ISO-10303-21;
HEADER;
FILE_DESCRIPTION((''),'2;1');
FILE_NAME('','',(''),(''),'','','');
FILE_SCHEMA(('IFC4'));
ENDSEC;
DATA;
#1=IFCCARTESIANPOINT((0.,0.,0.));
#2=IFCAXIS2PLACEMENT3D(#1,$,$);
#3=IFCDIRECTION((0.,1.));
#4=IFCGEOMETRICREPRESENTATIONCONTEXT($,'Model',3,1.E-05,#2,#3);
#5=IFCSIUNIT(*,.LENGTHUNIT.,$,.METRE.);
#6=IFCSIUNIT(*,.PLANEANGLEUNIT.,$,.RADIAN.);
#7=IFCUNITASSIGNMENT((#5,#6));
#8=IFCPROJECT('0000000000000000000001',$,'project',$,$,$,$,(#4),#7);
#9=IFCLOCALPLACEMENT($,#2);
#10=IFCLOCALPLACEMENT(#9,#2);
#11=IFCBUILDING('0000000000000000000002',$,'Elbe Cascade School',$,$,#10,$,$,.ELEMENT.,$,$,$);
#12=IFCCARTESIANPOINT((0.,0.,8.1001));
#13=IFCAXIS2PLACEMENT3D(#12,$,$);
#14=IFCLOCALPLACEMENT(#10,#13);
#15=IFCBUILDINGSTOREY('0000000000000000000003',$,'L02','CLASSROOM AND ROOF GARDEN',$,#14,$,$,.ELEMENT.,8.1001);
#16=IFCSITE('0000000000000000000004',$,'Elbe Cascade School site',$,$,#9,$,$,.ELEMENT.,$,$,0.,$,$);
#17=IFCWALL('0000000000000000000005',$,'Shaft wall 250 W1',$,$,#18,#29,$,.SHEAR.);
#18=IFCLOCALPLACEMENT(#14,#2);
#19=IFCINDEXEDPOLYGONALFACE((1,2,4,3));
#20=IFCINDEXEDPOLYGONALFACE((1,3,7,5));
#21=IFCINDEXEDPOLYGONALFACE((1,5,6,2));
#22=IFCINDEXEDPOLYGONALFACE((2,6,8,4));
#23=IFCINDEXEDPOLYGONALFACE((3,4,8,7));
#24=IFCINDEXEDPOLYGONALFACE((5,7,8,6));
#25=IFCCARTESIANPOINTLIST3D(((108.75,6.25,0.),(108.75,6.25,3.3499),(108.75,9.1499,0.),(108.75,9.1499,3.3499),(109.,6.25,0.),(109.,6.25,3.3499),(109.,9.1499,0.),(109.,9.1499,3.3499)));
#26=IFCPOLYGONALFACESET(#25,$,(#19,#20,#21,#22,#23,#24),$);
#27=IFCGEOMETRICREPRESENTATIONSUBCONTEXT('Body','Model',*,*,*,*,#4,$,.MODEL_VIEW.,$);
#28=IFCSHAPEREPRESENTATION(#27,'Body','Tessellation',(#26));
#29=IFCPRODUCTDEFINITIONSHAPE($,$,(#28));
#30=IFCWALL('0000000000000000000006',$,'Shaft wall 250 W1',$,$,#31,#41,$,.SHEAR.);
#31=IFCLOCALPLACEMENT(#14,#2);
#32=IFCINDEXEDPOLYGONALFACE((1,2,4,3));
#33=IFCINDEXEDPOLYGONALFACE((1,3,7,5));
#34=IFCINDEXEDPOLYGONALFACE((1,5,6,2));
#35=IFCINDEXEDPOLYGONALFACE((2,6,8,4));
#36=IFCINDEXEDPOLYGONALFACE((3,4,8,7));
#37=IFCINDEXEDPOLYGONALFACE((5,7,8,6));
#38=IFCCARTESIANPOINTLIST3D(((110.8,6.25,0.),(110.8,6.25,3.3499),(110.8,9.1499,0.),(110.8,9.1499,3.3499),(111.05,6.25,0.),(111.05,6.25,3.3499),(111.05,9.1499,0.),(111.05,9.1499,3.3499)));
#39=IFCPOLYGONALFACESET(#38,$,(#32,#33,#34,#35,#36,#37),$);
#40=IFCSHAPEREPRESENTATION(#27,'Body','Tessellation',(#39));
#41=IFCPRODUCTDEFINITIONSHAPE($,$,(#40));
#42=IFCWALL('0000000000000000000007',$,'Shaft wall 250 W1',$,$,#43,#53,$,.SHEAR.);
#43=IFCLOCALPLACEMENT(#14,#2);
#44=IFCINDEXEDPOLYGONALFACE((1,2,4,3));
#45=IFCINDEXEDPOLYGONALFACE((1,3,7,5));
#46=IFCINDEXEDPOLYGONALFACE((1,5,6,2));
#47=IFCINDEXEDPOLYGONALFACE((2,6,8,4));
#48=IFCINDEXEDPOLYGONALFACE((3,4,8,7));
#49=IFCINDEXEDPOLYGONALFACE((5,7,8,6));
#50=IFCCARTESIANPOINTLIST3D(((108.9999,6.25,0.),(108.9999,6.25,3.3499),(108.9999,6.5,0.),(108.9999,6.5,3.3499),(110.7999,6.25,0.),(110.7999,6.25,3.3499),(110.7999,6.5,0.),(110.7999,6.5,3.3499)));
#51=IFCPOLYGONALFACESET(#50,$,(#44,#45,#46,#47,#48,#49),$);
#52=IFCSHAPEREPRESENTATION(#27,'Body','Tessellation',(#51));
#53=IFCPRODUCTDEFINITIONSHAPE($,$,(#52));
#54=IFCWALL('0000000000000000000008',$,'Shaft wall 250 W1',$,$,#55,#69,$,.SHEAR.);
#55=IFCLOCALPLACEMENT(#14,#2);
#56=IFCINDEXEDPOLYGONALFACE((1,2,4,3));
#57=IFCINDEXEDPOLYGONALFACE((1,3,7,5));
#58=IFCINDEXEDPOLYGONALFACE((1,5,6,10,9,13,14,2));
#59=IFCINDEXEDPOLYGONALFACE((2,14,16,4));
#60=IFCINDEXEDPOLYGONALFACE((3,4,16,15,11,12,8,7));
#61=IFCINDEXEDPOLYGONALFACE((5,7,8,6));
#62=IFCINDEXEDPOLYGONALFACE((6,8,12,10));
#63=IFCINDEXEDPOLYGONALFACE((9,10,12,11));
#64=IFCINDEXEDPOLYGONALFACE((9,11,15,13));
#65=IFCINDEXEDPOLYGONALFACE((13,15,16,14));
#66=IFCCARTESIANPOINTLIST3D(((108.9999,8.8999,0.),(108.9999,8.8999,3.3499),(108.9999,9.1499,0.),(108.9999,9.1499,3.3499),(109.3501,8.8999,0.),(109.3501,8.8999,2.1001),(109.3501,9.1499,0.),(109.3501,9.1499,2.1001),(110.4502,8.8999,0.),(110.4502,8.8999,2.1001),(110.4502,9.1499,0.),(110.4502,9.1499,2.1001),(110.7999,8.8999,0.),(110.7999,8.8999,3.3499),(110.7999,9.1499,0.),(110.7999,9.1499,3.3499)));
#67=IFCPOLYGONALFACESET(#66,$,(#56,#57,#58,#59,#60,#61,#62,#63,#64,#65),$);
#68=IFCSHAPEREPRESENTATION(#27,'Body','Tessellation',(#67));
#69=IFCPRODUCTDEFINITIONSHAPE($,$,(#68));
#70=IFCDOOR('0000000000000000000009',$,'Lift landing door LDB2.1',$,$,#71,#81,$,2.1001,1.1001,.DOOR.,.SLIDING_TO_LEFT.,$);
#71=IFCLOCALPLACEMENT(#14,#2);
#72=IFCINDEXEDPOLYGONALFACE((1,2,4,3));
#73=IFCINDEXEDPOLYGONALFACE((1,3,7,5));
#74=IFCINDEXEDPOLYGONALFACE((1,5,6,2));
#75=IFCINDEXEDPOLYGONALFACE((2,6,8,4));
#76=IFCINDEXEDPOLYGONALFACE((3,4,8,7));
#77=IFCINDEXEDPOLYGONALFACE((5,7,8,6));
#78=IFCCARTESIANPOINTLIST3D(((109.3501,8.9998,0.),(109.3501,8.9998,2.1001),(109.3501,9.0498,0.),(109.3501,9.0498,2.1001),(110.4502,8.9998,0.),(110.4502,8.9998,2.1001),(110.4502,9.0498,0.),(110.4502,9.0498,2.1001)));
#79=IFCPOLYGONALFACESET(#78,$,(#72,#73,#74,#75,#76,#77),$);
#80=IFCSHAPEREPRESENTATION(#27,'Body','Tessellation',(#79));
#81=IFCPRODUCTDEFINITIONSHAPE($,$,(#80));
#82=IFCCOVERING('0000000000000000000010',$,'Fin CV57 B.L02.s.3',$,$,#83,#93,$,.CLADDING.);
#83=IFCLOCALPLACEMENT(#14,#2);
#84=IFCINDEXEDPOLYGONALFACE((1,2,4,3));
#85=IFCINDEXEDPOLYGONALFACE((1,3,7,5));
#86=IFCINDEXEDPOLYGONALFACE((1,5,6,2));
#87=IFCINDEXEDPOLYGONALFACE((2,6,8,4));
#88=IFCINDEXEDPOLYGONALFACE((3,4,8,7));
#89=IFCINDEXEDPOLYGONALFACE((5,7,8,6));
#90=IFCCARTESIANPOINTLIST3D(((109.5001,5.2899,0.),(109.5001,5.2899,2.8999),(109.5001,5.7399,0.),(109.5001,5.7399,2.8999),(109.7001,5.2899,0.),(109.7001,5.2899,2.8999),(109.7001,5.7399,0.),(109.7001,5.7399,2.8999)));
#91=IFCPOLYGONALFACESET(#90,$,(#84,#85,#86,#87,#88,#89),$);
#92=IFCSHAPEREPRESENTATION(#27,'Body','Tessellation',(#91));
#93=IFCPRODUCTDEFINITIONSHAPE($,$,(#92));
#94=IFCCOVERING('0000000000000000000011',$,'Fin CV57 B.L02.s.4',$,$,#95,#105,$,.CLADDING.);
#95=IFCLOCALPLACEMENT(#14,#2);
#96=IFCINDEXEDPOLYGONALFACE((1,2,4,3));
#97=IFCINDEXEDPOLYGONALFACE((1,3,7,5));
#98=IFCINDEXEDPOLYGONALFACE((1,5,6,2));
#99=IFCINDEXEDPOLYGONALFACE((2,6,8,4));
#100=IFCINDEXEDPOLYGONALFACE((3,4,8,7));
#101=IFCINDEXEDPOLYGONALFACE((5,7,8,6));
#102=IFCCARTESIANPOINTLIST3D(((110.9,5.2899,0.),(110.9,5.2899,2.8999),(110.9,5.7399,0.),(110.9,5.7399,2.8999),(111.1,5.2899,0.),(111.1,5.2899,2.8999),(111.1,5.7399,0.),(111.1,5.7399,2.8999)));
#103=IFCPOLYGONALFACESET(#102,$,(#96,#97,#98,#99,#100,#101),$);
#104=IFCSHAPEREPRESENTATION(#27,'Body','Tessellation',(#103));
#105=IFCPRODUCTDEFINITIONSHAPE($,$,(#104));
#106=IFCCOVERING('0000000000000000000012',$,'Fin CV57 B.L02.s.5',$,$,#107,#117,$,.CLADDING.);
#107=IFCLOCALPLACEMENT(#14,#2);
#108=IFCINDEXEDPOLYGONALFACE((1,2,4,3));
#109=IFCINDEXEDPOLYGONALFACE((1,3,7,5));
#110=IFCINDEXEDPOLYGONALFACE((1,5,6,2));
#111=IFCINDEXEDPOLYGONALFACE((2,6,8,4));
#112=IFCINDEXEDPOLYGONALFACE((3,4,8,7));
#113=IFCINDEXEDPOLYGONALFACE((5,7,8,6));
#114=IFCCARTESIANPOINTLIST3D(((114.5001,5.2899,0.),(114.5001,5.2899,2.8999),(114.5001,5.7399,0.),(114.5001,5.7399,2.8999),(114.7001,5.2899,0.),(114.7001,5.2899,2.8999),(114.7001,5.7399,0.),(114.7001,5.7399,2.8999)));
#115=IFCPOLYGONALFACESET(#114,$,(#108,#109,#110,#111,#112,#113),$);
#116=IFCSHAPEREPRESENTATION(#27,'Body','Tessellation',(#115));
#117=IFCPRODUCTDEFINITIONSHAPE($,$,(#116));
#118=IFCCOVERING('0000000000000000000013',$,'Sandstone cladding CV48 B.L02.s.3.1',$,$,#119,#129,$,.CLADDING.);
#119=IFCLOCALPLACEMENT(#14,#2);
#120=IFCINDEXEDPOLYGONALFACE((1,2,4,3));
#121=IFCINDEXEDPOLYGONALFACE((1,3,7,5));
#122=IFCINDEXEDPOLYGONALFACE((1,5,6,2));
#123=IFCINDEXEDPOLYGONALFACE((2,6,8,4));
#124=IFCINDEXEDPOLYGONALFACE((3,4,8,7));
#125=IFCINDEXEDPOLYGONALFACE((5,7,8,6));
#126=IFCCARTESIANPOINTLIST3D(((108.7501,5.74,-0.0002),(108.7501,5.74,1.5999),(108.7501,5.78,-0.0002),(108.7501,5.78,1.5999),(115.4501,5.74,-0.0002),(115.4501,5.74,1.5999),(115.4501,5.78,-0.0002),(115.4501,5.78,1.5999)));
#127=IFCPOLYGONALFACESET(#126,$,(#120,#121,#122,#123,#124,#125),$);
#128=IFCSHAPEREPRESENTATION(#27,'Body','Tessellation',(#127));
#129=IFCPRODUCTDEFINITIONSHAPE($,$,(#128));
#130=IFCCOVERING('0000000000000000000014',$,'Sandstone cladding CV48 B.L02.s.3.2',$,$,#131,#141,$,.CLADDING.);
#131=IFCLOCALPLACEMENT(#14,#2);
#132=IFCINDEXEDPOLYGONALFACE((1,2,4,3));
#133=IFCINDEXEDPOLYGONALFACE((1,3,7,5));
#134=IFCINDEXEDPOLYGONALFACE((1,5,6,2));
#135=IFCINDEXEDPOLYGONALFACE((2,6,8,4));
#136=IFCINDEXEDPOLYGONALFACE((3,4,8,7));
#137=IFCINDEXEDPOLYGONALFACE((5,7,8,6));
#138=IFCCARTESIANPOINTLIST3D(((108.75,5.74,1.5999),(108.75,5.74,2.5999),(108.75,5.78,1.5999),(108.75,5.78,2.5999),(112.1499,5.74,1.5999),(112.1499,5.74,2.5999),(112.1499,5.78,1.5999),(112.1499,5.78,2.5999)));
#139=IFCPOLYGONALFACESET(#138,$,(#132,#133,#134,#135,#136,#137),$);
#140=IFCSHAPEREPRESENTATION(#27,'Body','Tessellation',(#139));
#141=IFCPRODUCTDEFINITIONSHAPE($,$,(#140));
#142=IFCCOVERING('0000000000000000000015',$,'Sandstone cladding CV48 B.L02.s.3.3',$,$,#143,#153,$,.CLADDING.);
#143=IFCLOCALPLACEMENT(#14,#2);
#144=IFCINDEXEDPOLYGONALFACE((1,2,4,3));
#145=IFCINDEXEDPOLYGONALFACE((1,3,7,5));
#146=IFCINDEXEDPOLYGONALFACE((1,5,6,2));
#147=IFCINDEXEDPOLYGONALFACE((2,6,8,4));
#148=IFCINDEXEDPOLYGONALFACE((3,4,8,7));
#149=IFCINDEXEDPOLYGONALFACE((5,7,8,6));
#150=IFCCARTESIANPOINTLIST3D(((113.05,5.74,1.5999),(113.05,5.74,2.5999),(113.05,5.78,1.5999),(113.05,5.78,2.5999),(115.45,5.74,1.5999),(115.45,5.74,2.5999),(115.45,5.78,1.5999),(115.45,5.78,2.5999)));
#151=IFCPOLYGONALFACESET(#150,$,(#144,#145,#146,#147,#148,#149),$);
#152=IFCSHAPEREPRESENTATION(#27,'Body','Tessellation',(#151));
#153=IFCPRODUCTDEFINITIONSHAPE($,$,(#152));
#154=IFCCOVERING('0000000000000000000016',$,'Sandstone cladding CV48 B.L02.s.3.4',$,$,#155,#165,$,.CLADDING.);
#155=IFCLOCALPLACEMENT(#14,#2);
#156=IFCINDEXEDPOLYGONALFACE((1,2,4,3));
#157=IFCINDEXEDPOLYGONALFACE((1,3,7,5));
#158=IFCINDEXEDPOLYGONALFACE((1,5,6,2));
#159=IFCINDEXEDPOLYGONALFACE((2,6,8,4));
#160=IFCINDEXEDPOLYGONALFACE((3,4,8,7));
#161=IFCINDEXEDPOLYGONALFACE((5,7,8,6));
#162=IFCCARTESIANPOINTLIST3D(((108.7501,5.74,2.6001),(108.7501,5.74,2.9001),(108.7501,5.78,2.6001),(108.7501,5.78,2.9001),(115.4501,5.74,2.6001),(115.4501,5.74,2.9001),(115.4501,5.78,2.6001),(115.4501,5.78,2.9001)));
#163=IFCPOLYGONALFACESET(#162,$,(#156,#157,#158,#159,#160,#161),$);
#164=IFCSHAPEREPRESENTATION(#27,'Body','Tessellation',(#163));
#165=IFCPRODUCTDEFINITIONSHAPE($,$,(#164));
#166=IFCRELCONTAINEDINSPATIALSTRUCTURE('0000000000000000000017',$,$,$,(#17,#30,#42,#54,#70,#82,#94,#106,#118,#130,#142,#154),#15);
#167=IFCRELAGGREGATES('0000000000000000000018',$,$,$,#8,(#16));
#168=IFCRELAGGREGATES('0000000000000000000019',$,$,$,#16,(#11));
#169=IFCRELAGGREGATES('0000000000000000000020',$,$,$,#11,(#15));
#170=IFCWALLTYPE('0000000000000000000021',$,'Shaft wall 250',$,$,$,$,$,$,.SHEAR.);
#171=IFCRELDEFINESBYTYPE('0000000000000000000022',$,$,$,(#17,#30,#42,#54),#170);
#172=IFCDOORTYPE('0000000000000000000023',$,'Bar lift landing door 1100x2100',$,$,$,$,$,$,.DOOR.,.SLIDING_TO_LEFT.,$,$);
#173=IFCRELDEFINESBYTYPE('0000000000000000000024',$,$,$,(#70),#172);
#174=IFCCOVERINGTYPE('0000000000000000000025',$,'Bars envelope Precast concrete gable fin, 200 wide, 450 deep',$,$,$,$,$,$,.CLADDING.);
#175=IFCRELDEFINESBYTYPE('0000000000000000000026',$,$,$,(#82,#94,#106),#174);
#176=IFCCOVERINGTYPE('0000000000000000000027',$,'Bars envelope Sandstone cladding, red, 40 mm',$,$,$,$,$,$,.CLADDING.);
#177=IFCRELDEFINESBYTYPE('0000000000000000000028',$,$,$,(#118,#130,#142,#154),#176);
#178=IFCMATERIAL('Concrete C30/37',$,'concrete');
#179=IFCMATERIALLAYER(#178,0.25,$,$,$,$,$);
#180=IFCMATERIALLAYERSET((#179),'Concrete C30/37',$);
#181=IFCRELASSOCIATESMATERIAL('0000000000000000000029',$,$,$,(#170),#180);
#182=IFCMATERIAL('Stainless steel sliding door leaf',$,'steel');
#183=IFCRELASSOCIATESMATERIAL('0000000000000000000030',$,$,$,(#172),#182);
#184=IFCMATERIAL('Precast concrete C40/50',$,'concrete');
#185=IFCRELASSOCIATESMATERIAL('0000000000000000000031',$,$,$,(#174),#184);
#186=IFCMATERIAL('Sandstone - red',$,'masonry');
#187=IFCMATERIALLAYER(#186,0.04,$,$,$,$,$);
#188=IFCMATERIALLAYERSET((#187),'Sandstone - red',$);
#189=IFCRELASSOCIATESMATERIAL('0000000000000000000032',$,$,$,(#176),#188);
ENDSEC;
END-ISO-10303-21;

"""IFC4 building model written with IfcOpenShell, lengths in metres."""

from ifc_helpers import new_model, si_unit, direction, frame, frame_2d, origin, origin_2d, place, context, subcontext, project, spatial, rectangle, extrude, material, layer, layer_set, type_object, element, fill, save


model = new_model("IFC4")

# Units and contexts
model_context = context("Model", 3, precision=1e-05, world=origin(), true_north=direction((0.0, 1.0)))
body_context = subcontext(model_context, "Body", "Model", "MODEL_VIEW")
ifc_project = project(units=[si_unit("LENGTHUNIT", "METRE"), si_unit("PLANEANGLEUNIT", "RADIAN")], contexts=[model_context])

# Site, building, storey
site_placement = place(None, origin())
site = spatial("IfcSite", under=ifc_project, at=site_placement, Name="Elbe Cascade School site", CompositionType="ELEMENT", RefElevation=0.0)
building_placement = place(site_placement, origin())
building = spatial("IfcBuilding", under=site, at=building_placement, Name="Elbe Cascade School", CompositionType="ELEMENT")
storey_placement = place(building_placement, frame((0.0, 0.0, 8.1001)))
storey = spatial("IfcBuildingStorey", under=building, at=storey_placement, Name="L02", Description="CLASSROOM AND ROOF GARDEN", CompositionType="ELEMENT", Elevation=8.1001)

# Walls
ifc_material_1 = material(Name="Concrete C30/37", Category="concrete")
ifc_layer_1 = layer(ifc_material_1, 0.25)
ifc_layer_set_1 = layer_set([ifc_layer_1], Name="Concrete C30/37")
wall_type_1 = type_object("IfcWallType", Name="Shaft wall 250", PredefinedType="SHEAR", material=ifc_layer_set_1)
for number, where, z_axis, x_axis, name in (
    (1, (108.875, 6.25, 0.0), (0.0, 0.0, 1.0), (0.0, 1.0, 0.0), "Shaft wall 250 W1"),
    (2, (110.925, 6.25, 0.0), (0.0, 0.0, 1.0), (0.0, 1.0, 0.0), "Shaft wall 250 W1"),
):
    element("IfcWall", number, at=place(storey_placement, frame(where, z_axis=z_axis, x_axis=x_axis)), inside=storey, type_object=wall_type_1, Name=name, PredefinedType="SHEAR", context=body_context, shape_type="SweptSolid", body=[
        extrude(rectangle(XDim=2.8999, YDim=0.25, at=frame_2d((1.45, 0.0))), origin(), (0.0, 0.0, 1.0), 3.3499),
    ])
wall_1_placement = place(storey_placement, frame((109.0, 6.375, 0.0), z_axis=(0.0, 0.0, 1.0), x_axis=(1.0, 0.0, 0.0)))
element("IfcWall", 3, at=wall_1_placement, inside=storey, type_object=wall_type_1, Name="Shaft wall 250 W1", PredefinedType="SHEAR", context=body_context, shape_type="SweptSolid", body=[
    extrude(rectangle(XDim=1.8, YDim=0.25, at=frame_2d((0.8999, 0.0))), origin(), (0.0, 0.0, 1.0), 3.3499),
])

# Wall, opening, door
wall_2_placement = place(storey_placement, frame((109.0, 9.0249, 0.0), z_axis=(0.0, 0.0, 1.0), x_axis=(1.0, 0.0, 0.0)))
wall_2 = element("IfcWall", 4, at=wall_2_placement, inside=storey, type_object=wall_type_1, Name="Shaft wall 250 W1", PredefinedType="SHEAR", context=body_context, shape_type="SweptSolid", body=[
    extrude(rectangle(XDim=1.8, YDim=0.25, at=frame_2d((0.8999, 0.0))), origin(), (0.0, 0.0, 1.0), 3.3499),
])
opening_1_placement = place(wall_2_placement, frame((0.3501, 0.0, 0.0)))
opening_1 = element("IfcOpeningElement", 5, at=opening_1_placement, cuts=wall_2, PredefinedType="OPENING", context=body_context, shape_type="SweptSolid", body=[
    extrude(rectangle(XDim=1.1001, YDim=2.1001, at=frame_2d((0.55, 1.05))), frame((0.0, 0.135, 0.0), z_axis=(0.0, -1.0, 0.0), x_axis=(1.0, 0.0, 0.0)), (0.0, 0.0, 1.0), 0.27),
])
ifc_material_2 = material(Name="Stainless steel sliding door leaf", Category="steel")
door_type_1 = type_object("IfcDoorType", Name="Bar lift landing door 1100x2100", OperationType="SLIDING_TO_LEFT", PredefinedType="DOOR", material=ifc_material_2)
door_1_placement = place(opening_1_placement, origin())
door_1 = element("IfcDoor", 6, at=door_1_placement, inside=storey, type_object=door_type_1, Name="Lift landing door LDB2.1", OperationType="SLIDING_TO_LEFT", OverallHeight=2.1001, OverallWidth=1.1001, PredefinedType="DOOR", context=body_context, shape_type="SweptSolid", body=[
    extrude(rectangle(XDim=1.1001, YDim=2.1001, at=frame_2d((0.55, 1.05))), frame((0.0, 0.0249, 0.0), z_axis=(0.0, -1.0, 0.0), x_axis=(1.0, 0.0, 0.0)), (0.0, 0.0, 1.0), 0.05),
])
fill(opening_1, door_1)

# Coverings
ifc_material_3 = material(Name="Precast concrete C40/50", Category="concrete")
covering_type_1 = type_object("IfcCoveringType", Name="Bars envelope Precast concrete gable fin, 200 wide, 450 deep", PredefinedType="CLADDING", material=ifc_material_3)
for number, where, z_axis, x_axis, name in (
    (7, (109.6001, 5.5149, 0.0), (0.0, 0.0, 1.0), (1.0, 0.0, 0.0), "Fin CV57 B.L02.s.3"),
    (8, (111.0, 5.5149, 0.0), (0.0, 0.0, 1.0), (1.0, 0.0, 0.0), "Fin CV57 B.L02.s.4"),
    (9, (114.6001, 5.5149, 0.0), (0.0, 0.0, 1.0), (1.0, 0.0, 0.0), "Fin CV57 B.L02.s.5"),
):
    element("IfcCovering", number, at=place(storey_placement, frame(where, z_axis=z_axis, x_axis=x_axis)), inside=storey, type_object=covering_type_1, Name=name, PredefinedType="CLADDING", context=body_context, shape_type="SweptSolid", body=[
        extrude(rectangle(XDim=0.2, YDim=0.45, at=origin_2d()), origin(), (0.0, 0.0, 1.0), 2.8999),
    ])
ifc_material_4 = material(Name="Sandstone - red", Category="masonry")
ifc_layer_2 = layer(ifc_material_4, 0.04)
ifc_layer_set_2 = layer_set([ifc_layer_2], Name="Sandstone - red")
covering_type_2 = type_object("IfcCoveringType", Name="Bars envelope Sandstone cladding, red, 40 mm", PredefinedType="CLADDING", material=ifc_layer_set_2)
covering_1_placement = place(storey_placement, frame((112.1001, 5.76, -0.0002), z_axis=(0.0, 0.0, 1.0), x_axis=(1.0, 0.0, 0.0)))
element("IfcCovering", 10, at=covering_1_placement, inside=storey, type_object=covering_type_2, Name="Sandstone cladding CV48 B.L02.s.3.1", PredefinedType="CLADDING", context=body_context, shape_type="SweptSolid", body=[
    extrude(rectangle(XDim=6.7, YDim=0.04, at=origin_2d()), origin(), (0.0, 0.0, 1.0), 1.6001),
])
covering_2_placement = place(storey_placement, frame((110.45, 5.76, 1.5999), z_axis=(0.0, 0.0, 1.0), x_axis=(1.0, 0.0, 0.0)))
element("IfcCovering", 11, at=covering_2_placement, inside=storey, type_object=covering_type_2, Name="Sandstone cladding CV48 B.L02.s.3.2", PredefinedType="CLADDING", context=body_context, shape_type="SweptSolid", body=[
    extrude(rectangle(XDim=3.3999, YDim=0.04, at=origin_2d()), origin(), (0.0, 0.0, 1.0), 1.0),
])
covering_3_placement = place(storey_placement, frame((114.25, 5.76, 1.5999), z_axis=(0.0, 0.0, 1.0), x_axis=(1.0, 0.0, 0.0)))
element("IfcCovering", 12, at=covering_3_placement, inside=storey, type_object=covering_type_2, Name="Sandstone cladding CV48 B.L02.s.3.3", PredefinedType="CLADDING", context=body_context, shape_type="SweptSolid", body=[
    extrude(rectangle(XDim=2.3999, YDim=0.04, at=origin_2d()), origin(), (0.0, 0.0, 1.0), 1.0),
])
covering_4_placement = place(storey_placement, frame((112.1001, 5.76, 2.6001), z_axis=(0.0, 0.0, 1.0), x_axis=(1.0, 0.0, 0.0)))
element("IfcCovering", 13, at=covering_4_placement, inside=storey, type_object=covering_type_2, Name="Sandstone cladding CV48 B.L02.s.3.4", PredefinedType="CLADDING", context=body_context, shape_type="SweptSolid", body=[
    extrude(rectangle(XDim=6.7, YDim=0.04, at=origin_2d()), origin(), (0.0, 0.0, 1.0), 0.3),
])

save(model, "model.ifc")
